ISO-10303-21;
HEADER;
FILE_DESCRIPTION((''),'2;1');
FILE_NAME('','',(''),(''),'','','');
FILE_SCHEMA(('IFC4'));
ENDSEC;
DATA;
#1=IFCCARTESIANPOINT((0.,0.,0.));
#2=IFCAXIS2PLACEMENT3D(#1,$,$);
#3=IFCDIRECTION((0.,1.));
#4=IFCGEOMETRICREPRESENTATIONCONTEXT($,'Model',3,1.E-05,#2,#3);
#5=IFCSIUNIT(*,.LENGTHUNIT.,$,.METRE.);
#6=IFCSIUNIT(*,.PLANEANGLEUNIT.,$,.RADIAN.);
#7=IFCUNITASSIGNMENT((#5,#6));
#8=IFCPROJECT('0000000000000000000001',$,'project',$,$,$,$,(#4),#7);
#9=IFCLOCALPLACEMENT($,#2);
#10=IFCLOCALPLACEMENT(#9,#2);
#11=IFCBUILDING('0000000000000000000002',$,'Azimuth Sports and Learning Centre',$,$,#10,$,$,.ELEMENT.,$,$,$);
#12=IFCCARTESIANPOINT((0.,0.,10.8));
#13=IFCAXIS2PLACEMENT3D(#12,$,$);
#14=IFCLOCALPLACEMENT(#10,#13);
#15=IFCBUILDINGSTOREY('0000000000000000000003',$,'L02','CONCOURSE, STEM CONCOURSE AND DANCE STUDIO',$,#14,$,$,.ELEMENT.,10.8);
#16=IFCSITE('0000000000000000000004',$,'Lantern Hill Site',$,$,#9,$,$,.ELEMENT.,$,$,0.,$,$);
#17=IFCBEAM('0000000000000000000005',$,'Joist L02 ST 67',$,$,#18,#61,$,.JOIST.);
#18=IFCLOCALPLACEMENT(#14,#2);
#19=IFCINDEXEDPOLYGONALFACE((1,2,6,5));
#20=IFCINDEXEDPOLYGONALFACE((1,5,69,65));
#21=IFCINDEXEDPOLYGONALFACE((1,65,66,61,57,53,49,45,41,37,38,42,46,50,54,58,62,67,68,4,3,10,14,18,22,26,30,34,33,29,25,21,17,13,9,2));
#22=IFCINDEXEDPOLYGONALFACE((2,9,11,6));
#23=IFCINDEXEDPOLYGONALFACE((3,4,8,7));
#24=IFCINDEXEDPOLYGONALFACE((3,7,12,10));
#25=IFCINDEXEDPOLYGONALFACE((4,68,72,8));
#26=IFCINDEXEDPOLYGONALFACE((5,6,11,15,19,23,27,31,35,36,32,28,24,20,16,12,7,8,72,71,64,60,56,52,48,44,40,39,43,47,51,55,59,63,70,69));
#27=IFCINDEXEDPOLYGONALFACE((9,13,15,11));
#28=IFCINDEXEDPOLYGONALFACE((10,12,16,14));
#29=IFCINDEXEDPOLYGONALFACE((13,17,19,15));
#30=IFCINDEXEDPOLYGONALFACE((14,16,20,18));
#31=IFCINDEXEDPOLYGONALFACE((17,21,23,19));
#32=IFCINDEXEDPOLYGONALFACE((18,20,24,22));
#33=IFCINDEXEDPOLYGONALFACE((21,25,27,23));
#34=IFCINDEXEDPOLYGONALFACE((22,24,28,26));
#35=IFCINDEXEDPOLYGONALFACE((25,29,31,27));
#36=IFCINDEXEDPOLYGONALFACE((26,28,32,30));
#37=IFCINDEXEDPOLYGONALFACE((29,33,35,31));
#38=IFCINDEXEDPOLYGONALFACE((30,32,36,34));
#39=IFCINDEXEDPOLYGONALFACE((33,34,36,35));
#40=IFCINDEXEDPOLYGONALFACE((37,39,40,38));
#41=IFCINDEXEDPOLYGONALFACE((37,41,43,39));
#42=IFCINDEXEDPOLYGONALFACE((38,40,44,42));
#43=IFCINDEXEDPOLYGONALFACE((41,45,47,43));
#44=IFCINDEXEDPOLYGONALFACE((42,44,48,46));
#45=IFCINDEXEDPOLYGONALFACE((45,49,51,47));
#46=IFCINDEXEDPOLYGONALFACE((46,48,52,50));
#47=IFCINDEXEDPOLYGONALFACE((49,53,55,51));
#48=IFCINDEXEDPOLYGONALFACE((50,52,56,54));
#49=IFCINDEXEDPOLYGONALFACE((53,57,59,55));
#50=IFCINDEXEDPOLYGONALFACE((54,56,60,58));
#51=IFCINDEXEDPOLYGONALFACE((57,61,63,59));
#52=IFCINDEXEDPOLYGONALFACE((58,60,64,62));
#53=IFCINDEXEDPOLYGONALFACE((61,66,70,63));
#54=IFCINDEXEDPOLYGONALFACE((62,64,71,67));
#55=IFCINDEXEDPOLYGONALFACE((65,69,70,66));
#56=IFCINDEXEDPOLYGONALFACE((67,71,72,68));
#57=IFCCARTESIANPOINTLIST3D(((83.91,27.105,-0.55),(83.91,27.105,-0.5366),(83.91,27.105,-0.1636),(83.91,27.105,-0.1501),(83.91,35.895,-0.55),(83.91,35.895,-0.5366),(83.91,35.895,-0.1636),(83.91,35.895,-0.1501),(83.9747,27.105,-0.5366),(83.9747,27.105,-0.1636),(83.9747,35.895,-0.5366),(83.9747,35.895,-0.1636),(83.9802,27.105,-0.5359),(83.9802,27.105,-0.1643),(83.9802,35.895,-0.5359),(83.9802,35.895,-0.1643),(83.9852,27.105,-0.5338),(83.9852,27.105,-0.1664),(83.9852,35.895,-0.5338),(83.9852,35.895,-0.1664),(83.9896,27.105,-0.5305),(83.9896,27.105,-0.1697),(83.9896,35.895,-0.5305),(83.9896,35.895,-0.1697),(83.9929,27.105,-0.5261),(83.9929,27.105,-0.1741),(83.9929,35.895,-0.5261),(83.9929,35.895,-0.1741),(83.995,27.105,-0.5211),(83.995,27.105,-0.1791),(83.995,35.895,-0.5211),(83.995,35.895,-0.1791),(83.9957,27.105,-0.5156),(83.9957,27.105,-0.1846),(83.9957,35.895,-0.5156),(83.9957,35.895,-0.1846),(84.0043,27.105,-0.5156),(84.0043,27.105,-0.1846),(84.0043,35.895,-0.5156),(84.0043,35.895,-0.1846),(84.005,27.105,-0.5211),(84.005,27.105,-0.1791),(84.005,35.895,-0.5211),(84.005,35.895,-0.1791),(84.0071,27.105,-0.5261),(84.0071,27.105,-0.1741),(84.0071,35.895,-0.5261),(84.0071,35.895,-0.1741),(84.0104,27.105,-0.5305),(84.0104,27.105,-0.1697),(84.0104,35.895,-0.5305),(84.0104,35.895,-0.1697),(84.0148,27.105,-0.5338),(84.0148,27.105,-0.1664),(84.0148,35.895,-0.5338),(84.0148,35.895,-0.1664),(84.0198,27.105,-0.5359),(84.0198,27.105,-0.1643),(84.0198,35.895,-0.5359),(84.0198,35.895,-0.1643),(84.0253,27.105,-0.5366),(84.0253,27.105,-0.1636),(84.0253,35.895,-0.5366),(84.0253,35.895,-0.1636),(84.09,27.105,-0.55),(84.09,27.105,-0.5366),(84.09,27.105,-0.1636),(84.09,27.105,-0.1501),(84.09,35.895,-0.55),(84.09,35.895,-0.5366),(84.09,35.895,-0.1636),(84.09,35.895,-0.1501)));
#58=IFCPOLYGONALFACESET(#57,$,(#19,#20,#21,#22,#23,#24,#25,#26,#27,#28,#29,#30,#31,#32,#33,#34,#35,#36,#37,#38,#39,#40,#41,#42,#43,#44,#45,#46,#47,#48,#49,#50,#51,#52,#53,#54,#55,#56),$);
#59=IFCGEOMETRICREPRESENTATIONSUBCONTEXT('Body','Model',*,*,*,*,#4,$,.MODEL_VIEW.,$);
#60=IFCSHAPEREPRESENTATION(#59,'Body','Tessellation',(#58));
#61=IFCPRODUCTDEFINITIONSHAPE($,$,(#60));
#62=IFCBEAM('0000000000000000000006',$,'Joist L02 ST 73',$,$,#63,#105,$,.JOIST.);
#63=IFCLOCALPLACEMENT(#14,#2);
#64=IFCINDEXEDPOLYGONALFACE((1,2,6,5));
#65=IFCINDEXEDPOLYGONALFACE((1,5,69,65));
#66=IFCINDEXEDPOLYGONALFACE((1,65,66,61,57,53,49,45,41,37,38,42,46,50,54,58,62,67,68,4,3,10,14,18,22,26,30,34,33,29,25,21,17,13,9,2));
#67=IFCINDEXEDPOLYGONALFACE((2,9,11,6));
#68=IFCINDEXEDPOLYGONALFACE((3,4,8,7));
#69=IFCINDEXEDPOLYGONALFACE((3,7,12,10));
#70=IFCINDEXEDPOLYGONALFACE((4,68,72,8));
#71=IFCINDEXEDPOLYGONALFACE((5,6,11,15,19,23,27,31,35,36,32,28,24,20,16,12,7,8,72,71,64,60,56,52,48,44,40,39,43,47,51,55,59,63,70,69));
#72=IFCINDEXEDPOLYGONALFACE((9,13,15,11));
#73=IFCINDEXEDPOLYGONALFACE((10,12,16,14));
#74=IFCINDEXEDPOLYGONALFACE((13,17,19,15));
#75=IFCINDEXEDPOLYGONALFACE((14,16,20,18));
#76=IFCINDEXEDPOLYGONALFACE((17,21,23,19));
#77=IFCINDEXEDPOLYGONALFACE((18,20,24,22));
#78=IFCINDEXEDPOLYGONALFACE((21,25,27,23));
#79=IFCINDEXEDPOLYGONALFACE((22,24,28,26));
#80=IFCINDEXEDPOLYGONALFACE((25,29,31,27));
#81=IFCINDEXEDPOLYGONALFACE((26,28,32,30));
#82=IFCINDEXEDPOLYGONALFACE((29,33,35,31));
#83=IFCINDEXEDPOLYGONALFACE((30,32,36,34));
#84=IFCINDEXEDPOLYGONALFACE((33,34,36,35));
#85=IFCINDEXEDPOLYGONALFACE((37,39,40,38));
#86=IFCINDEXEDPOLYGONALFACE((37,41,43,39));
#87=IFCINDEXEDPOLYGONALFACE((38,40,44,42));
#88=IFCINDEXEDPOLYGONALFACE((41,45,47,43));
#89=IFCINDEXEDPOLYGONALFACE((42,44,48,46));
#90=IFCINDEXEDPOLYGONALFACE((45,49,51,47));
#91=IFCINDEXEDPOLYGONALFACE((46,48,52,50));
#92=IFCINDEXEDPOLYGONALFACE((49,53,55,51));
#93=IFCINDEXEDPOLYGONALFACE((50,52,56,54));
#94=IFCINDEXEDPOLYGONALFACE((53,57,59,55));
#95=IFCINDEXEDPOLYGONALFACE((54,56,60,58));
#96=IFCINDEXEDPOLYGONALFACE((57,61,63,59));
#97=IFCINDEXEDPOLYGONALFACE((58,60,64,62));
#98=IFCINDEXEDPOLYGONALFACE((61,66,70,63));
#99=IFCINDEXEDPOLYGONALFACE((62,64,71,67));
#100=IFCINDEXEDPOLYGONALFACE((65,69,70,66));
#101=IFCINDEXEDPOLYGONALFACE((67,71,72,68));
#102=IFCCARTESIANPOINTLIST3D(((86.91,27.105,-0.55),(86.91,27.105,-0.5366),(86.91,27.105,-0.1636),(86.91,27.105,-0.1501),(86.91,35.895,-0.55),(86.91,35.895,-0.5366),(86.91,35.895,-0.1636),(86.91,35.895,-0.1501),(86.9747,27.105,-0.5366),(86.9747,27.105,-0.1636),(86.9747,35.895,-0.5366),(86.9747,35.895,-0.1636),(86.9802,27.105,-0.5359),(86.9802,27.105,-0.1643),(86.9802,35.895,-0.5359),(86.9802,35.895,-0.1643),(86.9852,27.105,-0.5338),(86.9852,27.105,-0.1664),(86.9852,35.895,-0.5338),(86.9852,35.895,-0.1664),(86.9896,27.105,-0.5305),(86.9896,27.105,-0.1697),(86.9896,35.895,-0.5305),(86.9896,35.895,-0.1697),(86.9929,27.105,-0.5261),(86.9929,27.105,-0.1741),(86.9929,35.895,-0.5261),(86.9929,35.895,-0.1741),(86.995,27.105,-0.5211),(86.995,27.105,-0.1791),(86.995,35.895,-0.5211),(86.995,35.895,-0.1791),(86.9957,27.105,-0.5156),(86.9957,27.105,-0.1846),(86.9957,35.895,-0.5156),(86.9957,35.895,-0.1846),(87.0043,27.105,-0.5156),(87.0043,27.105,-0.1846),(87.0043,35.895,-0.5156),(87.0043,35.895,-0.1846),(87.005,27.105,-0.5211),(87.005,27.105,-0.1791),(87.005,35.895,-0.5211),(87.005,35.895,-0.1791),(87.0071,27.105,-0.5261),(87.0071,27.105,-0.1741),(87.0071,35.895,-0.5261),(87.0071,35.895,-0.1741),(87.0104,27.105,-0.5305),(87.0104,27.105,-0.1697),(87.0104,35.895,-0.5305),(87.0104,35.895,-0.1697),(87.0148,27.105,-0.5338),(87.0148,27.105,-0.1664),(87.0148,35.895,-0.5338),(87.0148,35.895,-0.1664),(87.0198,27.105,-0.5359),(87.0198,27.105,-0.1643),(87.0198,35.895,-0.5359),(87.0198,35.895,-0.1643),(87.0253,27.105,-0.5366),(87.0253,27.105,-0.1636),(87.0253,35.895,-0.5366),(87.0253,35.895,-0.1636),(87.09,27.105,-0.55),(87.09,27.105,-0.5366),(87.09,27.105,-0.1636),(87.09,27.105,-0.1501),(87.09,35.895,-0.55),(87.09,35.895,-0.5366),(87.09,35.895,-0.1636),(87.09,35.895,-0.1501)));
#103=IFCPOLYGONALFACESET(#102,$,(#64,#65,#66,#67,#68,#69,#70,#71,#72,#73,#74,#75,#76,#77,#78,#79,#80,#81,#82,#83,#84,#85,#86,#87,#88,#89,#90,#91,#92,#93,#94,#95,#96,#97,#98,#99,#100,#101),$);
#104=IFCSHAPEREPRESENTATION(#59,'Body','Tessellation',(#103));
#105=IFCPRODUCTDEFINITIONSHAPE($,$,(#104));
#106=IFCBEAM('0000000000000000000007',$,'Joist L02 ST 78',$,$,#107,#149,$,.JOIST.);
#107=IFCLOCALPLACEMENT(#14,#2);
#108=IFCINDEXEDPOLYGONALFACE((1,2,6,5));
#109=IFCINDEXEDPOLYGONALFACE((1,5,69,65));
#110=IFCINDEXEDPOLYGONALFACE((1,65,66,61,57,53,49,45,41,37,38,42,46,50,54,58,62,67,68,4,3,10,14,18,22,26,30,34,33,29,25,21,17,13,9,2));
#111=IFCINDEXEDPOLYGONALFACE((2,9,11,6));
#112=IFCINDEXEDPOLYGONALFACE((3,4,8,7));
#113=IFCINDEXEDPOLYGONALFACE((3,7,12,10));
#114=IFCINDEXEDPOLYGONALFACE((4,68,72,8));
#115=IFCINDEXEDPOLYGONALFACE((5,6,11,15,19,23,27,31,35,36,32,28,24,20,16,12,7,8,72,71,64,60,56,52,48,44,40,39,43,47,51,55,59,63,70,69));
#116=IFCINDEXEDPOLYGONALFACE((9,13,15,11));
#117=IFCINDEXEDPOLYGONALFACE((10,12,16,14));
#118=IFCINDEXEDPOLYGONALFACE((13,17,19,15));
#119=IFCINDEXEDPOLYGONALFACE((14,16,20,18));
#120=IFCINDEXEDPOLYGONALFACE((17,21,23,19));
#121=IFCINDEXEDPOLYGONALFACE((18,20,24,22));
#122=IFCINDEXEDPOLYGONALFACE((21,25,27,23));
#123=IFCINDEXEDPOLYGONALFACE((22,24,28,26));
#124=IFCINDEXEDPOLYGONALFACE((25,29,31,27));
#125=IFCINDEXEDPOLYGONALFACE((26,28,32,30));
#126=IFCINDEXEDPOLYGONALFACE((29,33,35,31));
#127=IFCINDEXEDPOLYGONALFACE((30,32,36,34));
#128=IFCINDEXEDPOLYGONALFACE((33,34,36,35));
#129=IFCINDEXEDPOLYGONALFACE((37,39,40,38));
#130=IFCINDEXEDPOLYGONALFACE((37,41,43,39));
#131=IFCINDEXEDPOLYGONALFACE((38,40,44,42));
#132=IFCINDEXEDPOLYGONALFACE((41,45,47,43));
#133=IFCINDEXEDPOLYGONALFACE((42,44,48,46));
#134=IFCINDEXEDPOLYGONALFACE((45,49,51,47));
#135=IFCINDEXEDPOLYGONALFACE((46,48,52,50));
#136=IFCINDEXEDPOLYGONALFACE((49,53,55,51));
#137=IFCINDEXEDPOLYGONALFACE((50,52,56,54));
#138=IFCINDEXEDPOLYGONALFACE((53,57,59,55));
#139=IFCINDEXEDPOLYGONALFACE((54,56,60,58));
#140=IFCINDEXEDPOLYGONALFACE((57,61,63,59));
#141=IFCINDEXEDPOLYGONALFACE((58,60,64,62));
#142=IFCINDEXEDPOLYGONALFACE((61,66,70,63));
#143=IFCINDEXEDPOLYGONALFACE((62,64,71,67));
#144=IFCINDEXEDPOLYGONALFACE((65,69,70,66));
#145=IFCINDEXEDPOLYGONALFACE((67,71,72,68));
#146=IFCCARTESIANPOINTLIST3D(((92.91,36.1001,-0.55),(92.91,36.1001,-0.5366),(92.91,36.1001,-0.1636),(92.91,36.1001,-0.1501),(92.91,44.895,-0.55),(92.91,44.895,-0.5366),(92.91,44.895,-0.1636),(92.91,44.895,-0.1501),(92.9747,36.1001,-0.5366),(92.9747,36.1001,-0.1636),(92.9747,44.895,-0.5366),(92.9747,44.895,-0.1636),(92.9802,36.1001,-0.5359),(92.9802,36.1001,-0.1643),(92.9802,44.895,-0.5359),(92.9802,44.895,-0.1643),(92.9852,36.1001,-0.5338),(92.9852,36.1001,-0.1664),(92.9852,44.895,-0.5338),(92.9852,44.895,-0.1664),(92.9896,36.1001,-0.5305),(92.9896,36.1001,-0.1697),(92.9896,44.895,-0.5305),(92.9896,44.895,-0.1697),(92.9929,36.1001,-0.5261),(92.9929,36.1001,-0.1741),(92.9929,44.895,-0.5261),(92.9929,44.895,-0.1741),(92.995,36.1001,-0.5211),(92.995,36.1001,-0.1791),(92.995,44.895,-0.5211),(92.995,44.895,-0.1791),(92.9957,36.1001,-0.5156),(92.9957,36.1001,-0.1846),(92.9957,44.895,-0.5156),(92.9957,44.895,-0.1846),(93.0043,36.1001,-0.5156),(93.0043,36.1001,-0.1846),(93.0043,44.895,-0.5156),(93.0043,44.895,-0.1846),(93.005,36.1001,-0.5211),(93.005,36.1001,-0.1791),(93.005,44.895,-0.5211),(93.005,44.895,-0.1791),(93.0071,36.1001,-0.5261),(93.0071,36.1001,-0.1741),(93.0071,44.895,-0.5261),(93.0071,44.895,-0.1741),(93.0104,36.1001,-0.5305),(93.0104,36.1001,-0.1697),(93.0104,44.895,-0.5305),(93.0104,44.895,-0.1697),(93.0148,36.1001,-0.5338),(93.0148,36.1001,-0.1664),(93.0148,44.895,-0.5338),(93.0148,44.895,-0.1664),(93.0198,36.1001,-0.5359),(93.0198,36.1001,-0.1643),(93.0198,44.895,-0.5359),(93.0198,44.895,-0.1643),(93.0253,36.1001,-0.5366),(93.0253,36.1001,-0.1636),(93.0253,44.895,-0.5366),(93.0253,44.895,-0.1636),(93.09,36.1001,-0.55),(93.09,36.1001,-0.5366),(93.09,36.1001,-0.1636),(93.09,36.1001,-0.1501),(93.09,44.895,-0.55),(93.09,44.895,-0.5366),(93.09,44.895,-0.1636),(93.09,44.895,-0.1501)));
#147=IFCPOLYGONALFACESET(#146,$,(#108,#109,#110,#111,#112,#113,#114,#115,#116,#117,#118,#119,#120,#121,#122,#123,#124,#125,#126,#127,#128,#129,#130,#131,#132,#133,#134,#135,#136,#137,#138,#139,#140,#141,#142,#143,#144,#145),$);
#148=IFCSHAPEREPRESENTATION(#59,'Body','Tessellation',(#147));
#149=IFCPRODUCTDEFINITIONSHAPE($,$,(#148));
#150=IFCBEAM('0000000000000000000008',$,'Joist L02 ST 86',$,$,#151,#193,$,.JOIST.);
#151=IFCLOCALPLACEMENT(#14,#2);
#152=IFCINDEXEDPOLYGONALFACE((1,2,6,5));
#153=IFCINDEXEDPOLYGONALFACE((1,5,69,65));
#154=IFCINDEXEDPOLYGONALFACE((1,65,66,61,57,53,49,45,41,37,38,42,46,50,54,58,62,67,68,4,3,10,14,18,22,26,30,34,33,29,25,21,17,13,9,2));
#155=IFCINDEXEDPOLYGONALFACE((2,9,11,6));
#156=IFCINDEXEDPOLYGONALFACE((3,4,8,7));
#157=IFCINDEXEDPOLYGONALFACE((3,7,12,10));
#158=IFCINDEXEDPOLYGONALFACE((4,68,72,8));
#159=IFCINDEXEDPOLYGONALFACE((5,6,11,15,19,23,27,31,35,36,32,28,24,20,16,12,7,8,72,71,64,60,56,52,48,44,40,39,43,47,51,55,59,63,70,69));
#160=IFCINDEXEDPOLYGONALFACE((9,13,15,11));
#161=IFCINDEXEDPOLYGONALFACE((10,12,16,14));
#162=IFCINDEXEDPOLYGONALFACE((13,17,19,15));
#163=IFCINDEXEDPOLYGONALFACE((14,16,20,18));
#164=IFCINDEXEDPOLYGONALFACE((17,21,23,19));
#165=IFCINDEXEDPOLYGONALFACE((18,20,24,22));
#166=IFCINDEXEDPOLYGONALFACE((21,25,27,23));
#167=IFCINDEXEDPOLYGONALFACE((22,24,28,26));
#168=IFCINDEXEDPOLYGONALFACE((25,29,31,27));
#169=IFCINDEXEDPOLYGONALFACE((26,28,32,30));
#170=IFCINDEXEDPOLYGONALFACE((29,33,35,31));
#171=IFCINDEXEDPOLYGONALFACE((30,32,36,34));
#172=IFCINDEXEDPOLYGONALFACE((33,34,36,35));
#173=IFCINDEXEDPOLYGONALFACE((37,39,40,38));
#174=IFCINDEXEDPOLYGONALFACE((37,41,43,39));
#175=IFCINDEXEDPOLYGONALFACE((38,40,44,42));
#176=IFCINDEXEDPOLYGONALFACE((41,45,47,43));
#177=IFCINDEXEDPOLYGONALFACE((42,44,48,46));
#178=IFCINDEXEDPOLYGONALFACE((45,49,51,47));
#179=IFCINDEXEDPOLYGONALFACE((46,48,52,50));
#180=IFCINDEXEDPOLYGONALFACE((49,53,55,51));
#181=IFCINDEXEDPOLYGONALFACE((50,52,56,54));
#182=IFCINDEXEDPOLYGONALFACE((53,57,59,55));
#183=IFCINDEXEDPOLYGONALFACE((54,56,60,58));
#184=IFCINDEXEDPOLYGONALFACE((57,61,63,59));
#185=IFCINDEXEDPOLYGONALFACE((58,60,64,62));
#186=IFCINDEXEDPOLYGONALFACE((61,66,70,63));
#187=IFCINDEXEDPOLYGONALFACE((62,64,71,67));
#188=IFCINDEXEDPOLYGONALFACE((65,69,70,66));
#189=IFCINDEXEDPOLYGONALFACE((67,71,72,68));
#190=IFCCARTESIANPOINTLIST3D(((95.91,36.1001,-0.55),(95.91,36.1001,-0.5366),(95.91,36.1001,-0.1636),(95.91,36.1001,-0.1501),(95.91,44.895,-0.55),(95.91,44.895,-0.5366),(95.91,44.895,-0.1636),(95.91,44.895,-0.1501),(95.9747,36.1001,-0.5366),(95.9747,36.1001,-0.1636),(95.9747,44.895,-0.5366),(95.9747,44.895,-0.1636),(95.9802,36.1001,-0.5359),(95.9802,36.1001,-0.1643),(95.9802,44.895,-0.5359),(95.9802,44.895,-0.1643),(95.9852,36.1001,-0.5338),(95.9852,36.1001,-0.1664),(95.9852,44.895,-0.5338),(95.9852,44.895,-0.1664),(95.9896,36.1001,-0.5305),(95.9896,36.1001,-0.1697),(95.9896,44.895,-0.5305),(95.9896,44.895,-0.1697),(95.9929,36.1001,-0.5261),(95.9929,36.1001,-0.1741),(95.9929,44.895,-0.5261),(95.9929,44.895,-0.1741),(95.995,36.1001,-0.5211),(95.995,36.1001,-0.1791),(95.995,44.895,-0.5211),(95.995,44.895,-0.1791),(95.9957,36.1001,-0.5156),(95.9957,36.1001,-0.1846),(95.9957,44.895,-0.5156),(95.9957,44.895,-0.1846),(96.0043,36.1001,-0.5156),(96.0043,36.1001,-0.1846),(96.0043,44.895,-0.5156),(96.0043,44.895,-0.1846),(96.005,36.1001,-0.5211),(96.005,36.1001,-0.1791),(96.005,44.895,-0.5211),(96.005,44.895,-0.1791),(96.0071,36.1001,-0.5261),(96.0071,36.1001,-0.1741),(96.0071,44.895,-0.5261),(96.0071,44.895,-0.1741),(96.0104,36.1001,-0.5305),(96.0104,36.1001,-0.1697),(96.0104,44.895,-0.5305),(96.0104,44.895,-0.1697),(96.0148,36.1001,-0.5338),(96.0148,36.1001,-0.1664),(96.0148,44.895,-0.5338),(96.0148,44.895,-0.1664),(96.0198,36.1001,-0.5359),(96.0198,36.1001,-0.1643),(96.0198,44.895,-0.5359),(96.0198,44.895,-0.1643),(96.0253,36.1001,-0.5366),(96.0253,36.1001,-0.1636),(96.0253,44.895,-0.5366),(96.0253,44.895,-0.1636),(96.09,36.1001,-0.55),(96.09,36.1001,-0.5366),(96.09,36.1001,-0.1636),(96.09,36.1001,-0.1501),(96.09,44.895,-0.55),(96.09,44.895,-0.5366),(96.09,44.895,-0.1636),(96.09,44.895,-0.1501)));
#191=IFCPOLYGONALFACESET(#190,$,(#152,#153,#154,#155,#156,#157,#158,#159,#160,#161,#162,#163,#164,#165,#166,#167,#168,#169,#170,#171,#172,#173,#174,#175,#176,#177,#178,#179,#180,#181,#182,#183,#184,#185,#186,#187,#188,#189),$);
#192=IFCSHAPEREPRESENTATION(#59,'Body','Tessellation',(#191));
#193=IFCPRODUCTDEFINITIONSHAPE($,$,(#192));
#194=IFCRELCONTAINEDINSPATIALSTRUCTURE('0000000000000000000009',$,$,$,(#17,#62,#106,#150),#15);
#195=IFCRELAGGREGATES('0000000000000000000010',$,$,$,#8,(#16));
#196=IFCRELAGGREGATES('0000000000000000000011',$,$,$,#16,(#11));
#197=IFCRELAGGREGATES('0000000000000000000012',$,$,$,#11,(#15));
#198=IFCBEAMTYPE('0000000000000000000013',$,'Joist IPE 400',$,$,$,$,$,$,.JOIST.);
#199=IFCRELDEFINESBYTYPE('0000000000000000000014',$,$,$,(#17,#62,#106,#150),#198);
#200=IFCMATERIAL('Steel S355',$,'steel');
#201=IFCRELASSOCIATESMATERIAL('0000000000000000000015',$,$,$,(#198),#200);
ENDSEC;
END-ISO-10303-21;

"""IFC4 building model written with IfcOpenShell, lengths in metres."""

from ifc_helpers import new_model, si_unit, direction, frame, origin, origin_2d, place, context, subcontext, project, spatial, i_section, extrude, material, material_profile, profile_set, type_object, element, save


model = new_model("IFC4")

# Units and contexts
model_context = context("Model", 3, precision=1e-05, world=origin(), true_north=direction((0.0, 1.0)))
body_context = subcontext(model_context, "Body", "Model", "MODEL_VIEW")
ifc_project = project(units=[si_unit("LENGTHUNIT", "METRE"), si_unit("PLANEANGLEUNIT", "RADIAN")], contexts=[model_context])

# Site, building, storey
site_placement = place(None, origin())
site = spatial("IfcSite", under=ifc_project, at=site_placement, Name="Lantern Hill Site", CompositionType="ELEMENT", RefElevation=0.0)
building_placement = place(site_placement, origin())
building = spatial("IfcBuilding", under=site, at=building_placement, Name="Azimuth Sports and Learning Centre", CompositionType="ELEMENT")
storey_placement = place(building_placement, frame((0.0, 0.0, 10.8)))
storey = spatial("IfcBuildingStorey", under=building, at=storey_placement, Name="L02", Description="CONCOURSE, STEM CONCOURSE AND DANCE STUDIO", CompositionType="ELEMENT", Elevation=10.8)

# Beams
ifc_material_1 = material(Name="Steel S355", Category="steel")
ifc_material_profile_1 = material_profile(ifc_material_1, i_section(OverallWidth=0.1799, OverallDepth=0.3999, WebThickness=0.0085, FlangeThickness=0.0134, FilletRadius=0.021, at=origin_2d()), Name="IPE 400")
ifc_profile_set_1 = profile_set([ifc_material_profile_1], Name="Steel S355")
beam_type_1 = type_object("IfcBeamType", Name="Joist IPE 400", PredefinedType="JOIST", material=ifc_profile_set_1)
for number, where, z_axis, x_axis, name in (
    (1, (84.0, 27.105, -0.3501), (0.0, 1.0, 0.0), (-1.0, 0.0, 0.0), "Joist L02 ST 67"),
    (2, (87.0, 27.105, -0.3501), (0.0, 1.0, 0.0), (-1.0, 0.0, 0.0), "Joist L02 ST 73"),
):
    element("IfcBeam", number, at=place(storey_placement, frame(where, z_axis=z_axis, x_axis=x_axis)), inside=storey, type_object=beam_type_1, Name=name, PredefinedType="JOIST", context=body_context, shape_type="SweptSolid", body=[
        extrude(i_section(OverallWidth=0.1799, OverallDepth=0.3999, WebThickness=0.0085, FlangeThickness=0.0134, FilletRadius=0.021, at=origin_2d()), origin(), (0.0, 0.0, 1.0), 8.79),
    ])
for number, where, z_axis, x_axis, name in (
    (3, (93.0, 36.1001, -0.3501), (0.0, 1.0, 0.0), (-1.0, 0.0, 0.0), "Joist L02 ST 78"),
    (4, (96.0, 36.1001, -0.3501), (0.0, 1.0, 0.0), (-1.0, 0.0, 0.0), "Joist L02 ST 86"),
):
    element("IfcBeam", number, at=place(storey_placement, frame(where, z_axis=z_axis, x_axis=x_axis)), inside=storey, type_object=beam_type_1, Name=name, PredefinedType="JOIST", context=body_context, shape_type="SweptSolid", body=[
        extrude(i_section(OverallWidth=0.1799, OverallDepth=0.3999, WebThickness=0.0085, FlangeThickness=0.0134, FilletRadius=0.021, at=origin_2d()), origin(), (0.0, 0.0, 1.0), 8.7949),
    ])

save(model, "model.ifc")
